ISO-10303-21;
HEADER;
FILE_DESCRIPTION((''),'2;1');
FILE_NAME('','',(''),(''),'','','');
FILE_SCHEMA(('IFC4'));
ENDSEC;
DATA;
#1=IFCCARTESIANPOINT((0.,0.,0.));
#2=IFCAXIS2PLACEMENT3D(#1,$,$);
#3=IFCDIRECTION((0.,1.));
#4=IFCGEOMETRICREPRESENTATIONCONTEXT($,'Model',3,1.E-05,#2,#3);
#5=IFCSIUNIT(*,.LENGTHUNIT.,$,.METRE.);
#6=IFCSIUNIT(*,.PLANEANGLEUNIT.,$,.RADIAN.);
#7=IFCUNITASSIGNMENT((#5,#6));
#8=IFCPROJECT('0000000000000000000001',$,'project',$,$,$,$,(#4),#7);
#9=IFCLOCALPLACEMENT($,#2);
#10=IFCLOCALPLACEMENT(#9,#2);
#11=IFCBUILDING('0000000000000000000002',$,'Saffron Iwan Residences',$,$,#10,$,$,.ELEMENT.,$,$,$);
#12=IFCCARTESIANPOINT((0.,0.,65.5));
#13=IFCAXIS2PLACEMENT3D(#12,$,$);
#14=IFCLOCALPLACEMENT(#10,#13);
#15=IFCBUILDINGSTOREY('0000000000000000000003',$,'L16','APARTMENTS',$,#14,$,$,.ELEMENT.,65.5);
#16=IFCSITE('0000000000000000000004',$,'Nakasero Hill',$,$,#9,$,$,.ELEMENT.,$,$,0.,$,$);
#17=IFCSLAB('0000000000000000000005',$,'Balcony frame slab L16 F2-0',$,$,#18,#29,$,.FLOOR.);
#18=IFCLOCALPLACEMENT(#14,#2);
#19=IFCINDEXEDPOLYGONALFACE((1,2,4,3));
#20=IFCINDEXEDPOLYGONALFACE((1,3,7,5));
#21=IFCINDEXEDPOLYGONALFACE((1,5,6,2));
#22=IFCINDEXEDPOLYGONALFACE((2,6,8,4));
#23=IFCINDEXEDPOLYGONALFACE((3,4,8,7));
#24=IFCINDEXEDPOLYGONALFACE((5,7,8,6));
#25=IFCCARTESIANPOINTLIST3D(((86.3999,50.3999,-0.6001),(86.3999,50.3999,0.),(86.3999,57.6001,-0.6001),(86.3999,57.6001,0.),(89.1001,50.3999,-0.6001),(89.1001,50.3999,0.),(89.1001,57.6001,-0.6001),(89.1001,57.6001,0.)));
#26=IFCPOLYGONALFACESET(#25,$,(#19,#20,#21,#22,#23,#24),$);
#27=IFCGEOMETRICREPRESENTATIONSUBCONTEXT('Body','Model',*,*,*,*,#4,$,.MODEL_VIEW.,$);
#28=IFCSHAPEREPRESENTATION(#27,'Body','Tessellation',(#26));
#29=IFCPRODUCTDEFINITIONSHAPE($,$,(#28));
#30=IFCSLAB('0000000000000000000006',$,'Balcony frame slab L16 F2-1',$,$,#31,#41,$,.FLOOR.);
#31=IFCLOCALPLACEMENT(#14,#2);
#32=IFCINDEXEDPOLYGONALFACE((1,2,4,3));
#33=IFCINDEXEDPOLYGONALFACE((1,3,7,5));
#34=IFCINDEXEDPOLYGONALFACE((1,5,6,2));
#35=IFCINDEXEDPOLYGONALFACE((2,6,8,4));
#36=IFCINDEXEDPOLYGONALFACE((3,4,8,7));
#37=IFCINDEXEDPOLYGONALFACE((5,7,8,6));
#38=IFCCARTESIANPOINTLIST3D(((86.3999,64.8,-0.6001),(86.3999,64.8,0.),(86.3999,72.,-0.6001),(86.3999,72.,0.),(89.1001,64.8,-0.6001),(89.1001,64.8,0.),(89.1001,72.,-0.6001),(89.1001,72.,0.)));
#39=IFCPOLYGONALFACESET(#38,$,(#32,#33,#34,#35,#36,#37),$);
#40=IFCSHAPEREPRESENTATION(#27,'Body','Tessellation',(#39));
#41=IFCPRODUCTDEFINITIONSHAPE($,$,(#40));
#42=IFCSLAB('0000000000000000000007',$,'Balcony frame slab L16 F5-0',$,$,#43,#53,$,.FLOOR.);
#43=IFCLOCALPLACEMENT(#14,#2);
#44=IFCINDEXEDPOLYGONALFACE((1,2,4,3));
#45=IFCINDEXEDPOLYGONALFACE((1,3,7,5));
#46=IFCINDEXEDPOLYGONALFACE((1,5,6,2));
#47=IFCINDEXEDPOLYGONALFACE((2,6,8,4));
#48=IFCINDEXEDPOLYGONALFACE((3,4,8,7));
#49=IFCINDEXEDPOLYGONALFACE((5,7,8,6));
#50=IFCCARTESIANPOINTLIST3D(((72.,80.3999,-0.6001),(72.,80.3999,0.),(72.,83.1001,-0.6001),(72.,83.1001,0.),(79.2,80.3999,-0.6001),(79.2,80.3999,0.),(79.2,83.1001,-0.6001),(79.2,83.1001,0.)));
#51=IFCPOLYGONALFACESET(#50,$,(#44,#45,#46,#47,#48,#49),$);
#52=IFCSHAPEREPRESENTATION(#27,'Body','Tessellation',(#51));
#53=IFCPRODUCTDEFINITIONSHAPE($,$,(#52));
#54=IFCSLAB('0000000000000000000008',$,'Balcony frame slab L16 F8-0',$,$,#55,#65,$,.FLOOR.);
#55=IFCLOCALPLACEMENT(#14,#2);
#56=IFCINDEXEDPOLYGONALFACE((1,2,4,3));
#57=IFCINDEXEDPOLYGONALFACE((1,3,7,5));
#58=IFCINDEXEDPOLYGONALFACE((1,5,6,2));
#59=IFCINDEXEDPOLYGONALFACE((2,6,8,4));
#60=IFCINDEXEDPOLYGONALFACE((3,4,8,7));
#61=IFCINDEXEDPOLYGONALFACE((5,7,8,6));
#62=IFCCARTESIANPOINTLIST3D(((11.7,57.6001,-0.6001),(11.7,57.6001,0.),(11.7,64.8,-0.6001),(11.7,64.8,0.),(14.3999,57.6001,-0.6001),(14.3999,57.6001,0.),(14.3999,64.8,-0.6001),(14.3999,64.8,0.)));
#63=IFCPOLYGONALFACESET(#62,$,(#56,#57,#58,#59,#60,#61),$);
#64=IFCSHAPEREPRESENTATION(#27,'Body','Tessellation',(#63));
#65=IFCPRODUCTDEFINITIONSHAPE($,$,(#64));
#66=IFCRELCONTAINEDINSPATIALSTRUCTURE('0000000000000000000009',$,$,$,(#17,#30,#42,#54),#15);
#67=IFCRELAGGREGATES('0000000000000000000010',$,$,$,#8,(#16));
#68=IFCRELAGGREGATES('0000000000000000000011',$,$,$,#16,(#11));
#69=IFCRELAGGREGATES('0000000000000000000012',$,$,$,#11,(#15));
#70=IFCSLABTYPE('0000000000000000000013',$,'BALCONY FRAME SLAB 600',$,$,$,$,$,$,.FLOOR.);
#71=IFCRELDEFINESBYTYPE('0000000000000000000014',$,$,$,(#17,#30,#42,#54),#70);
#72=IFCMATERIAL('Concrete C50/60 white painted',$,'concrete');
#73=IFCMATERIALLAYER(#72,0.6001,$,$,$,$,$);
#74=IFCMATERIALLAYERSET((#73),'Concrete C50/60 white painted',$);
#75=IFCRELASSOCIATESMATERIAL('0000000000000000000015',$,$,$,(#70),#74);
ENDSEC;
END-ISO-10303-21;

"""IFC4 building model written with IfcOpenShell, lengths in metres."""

from ifc_helpers import new_model, si_unit, direction, frame, origin, place, context, subcontext, project, spatial, polyline, outline, extrude, material, layer, layer_set, type_object, element, save


model = new_model("IFC4")

# Units and contexts
model_context = context("Model", 3, precision=1e-05, world=origin(), true_north=direction((0.0, 1.0)))
body_context = subcontext(model_context, "Body", "Model", "MODEL_VIEW")
ifc_project = project(units=[si_unit("LENGTHUNIT", "METRE"), si_unit("PLANEANGLEUNIT", "RADIAN")], contexts=[model_context])

# Site, building, storey
site_placement = place(None, origin())
site = spatial("IfcSite", under=ifc_project, at=site_placement, Name="Nakasero Hill", CompositionType="ELEMENT", RefElevation=0.0)
building_placement = place(site_placement, origin())
building = spatial("IfcBuilding", under=site, at=building_placement, Name="Saffron Iwan Residences", CompositionType="ELEMENT")
storey_placement = place(building_placement, frame((0.0, 0.0, 65.5)))
storey = spatial("IfcBuildingStorey", under=building, at=storey_placement, Name="L16", Description="APARTMENTS", CompositionType="ELEMENT", Elevation=65.5)

# Slabs
ifc_material_1 = material(Name="Concrete C50/60 white painted", Category="concrete")
ifc_layer_1 = layer(ifc_material_1, 0.6001)
ifc_layer_set_1 = layer_set([ifc_layer_1], Name="Concrete C50/60 white painted")
slab_type_1 = type_object("IfcSlabType", Name="BALCONY FRAME SLAB 600", PredefinedType="FLOOR", material=ifc_layer_set_1)
slab_1_placement = place(storey_placement, frame((0.0, 0.0, -0.6001)))
element("IfcSlab", 1, at=slab_1_placement, inside=storey, type_object=slab_type_1, Name="Balcony frame slab L16 F2-0", PredefinedType="FLOOR", context=body_context, shape_type="SweptSolid", body=[
    extrude(outline(polyline([(89.1001, 50.3999), (89.1001, 57.6001), (86.3999, 57.6001), (86.3999, 50.3999), (89.1001, 50.3999)])), origin(), (0.0, 0.0, 1.0), 0.6001),
])
slab_2_placement = place(storey_placement, frame((0.0, 0.0, -0.6001)))
element("IfcSlab", 2, at=slab_2_placement, inside=storey, type_object=slab_type_1, Name="Balcony frame slab L16 F2-1", PredefinedType="FLOOR", context=body_context, shape_type="SweptSolid", body=[
    extrude(outline(polyline([(89.1001, 64.8), (89.1001, 72.0), (86.3999, 72.0), (86.3999, 64.8), (89.1001, 64.8)])), origin(), (0.0, 0.0, 1.0), 0.6001),
])
slab_3_placement = place(storey_placement, frame((0.0, 0.0, -0.6001)))
element("IfcSlab", 3, at=slab_3_placement, inside=storey, type_object=slab_type_1, Name="Balcony frame slab L16 F5-0", PredefinedType="FLOOR", context=body_context, shape_type="SweptSolid", body=[
    extrude(outline(polyline([(79.2, 83.1001), (72.0, 83.1001), (72.0, 80.3999), (79.2, 80.3999), (79.2, 83.1001)])), origin(), (0.0, 0.0, 1.0), 0.6001),
])
slab_4_placement = place(storey_placement, frame((0.0, 0.0, -0.6001)))
element("IfcSlab", 4, at=slab_4_placement, inside=storey, type_object=slab_type_1, Name="Balcony frame slab L16 F8-0", PredefinedType="FLOOR", context=body_context, shape_type="SweptSolid", body=[
    extrude(outline(polyline([(11.7, 64.8), (11.7, 57.6001), (14.3999, 57.6001), (14.3999, 64.8), (11.7, 64.8)])), origin(), (0.0, 0.0, 1.0), 0.6001),
])

save(model, "model.ifc")
